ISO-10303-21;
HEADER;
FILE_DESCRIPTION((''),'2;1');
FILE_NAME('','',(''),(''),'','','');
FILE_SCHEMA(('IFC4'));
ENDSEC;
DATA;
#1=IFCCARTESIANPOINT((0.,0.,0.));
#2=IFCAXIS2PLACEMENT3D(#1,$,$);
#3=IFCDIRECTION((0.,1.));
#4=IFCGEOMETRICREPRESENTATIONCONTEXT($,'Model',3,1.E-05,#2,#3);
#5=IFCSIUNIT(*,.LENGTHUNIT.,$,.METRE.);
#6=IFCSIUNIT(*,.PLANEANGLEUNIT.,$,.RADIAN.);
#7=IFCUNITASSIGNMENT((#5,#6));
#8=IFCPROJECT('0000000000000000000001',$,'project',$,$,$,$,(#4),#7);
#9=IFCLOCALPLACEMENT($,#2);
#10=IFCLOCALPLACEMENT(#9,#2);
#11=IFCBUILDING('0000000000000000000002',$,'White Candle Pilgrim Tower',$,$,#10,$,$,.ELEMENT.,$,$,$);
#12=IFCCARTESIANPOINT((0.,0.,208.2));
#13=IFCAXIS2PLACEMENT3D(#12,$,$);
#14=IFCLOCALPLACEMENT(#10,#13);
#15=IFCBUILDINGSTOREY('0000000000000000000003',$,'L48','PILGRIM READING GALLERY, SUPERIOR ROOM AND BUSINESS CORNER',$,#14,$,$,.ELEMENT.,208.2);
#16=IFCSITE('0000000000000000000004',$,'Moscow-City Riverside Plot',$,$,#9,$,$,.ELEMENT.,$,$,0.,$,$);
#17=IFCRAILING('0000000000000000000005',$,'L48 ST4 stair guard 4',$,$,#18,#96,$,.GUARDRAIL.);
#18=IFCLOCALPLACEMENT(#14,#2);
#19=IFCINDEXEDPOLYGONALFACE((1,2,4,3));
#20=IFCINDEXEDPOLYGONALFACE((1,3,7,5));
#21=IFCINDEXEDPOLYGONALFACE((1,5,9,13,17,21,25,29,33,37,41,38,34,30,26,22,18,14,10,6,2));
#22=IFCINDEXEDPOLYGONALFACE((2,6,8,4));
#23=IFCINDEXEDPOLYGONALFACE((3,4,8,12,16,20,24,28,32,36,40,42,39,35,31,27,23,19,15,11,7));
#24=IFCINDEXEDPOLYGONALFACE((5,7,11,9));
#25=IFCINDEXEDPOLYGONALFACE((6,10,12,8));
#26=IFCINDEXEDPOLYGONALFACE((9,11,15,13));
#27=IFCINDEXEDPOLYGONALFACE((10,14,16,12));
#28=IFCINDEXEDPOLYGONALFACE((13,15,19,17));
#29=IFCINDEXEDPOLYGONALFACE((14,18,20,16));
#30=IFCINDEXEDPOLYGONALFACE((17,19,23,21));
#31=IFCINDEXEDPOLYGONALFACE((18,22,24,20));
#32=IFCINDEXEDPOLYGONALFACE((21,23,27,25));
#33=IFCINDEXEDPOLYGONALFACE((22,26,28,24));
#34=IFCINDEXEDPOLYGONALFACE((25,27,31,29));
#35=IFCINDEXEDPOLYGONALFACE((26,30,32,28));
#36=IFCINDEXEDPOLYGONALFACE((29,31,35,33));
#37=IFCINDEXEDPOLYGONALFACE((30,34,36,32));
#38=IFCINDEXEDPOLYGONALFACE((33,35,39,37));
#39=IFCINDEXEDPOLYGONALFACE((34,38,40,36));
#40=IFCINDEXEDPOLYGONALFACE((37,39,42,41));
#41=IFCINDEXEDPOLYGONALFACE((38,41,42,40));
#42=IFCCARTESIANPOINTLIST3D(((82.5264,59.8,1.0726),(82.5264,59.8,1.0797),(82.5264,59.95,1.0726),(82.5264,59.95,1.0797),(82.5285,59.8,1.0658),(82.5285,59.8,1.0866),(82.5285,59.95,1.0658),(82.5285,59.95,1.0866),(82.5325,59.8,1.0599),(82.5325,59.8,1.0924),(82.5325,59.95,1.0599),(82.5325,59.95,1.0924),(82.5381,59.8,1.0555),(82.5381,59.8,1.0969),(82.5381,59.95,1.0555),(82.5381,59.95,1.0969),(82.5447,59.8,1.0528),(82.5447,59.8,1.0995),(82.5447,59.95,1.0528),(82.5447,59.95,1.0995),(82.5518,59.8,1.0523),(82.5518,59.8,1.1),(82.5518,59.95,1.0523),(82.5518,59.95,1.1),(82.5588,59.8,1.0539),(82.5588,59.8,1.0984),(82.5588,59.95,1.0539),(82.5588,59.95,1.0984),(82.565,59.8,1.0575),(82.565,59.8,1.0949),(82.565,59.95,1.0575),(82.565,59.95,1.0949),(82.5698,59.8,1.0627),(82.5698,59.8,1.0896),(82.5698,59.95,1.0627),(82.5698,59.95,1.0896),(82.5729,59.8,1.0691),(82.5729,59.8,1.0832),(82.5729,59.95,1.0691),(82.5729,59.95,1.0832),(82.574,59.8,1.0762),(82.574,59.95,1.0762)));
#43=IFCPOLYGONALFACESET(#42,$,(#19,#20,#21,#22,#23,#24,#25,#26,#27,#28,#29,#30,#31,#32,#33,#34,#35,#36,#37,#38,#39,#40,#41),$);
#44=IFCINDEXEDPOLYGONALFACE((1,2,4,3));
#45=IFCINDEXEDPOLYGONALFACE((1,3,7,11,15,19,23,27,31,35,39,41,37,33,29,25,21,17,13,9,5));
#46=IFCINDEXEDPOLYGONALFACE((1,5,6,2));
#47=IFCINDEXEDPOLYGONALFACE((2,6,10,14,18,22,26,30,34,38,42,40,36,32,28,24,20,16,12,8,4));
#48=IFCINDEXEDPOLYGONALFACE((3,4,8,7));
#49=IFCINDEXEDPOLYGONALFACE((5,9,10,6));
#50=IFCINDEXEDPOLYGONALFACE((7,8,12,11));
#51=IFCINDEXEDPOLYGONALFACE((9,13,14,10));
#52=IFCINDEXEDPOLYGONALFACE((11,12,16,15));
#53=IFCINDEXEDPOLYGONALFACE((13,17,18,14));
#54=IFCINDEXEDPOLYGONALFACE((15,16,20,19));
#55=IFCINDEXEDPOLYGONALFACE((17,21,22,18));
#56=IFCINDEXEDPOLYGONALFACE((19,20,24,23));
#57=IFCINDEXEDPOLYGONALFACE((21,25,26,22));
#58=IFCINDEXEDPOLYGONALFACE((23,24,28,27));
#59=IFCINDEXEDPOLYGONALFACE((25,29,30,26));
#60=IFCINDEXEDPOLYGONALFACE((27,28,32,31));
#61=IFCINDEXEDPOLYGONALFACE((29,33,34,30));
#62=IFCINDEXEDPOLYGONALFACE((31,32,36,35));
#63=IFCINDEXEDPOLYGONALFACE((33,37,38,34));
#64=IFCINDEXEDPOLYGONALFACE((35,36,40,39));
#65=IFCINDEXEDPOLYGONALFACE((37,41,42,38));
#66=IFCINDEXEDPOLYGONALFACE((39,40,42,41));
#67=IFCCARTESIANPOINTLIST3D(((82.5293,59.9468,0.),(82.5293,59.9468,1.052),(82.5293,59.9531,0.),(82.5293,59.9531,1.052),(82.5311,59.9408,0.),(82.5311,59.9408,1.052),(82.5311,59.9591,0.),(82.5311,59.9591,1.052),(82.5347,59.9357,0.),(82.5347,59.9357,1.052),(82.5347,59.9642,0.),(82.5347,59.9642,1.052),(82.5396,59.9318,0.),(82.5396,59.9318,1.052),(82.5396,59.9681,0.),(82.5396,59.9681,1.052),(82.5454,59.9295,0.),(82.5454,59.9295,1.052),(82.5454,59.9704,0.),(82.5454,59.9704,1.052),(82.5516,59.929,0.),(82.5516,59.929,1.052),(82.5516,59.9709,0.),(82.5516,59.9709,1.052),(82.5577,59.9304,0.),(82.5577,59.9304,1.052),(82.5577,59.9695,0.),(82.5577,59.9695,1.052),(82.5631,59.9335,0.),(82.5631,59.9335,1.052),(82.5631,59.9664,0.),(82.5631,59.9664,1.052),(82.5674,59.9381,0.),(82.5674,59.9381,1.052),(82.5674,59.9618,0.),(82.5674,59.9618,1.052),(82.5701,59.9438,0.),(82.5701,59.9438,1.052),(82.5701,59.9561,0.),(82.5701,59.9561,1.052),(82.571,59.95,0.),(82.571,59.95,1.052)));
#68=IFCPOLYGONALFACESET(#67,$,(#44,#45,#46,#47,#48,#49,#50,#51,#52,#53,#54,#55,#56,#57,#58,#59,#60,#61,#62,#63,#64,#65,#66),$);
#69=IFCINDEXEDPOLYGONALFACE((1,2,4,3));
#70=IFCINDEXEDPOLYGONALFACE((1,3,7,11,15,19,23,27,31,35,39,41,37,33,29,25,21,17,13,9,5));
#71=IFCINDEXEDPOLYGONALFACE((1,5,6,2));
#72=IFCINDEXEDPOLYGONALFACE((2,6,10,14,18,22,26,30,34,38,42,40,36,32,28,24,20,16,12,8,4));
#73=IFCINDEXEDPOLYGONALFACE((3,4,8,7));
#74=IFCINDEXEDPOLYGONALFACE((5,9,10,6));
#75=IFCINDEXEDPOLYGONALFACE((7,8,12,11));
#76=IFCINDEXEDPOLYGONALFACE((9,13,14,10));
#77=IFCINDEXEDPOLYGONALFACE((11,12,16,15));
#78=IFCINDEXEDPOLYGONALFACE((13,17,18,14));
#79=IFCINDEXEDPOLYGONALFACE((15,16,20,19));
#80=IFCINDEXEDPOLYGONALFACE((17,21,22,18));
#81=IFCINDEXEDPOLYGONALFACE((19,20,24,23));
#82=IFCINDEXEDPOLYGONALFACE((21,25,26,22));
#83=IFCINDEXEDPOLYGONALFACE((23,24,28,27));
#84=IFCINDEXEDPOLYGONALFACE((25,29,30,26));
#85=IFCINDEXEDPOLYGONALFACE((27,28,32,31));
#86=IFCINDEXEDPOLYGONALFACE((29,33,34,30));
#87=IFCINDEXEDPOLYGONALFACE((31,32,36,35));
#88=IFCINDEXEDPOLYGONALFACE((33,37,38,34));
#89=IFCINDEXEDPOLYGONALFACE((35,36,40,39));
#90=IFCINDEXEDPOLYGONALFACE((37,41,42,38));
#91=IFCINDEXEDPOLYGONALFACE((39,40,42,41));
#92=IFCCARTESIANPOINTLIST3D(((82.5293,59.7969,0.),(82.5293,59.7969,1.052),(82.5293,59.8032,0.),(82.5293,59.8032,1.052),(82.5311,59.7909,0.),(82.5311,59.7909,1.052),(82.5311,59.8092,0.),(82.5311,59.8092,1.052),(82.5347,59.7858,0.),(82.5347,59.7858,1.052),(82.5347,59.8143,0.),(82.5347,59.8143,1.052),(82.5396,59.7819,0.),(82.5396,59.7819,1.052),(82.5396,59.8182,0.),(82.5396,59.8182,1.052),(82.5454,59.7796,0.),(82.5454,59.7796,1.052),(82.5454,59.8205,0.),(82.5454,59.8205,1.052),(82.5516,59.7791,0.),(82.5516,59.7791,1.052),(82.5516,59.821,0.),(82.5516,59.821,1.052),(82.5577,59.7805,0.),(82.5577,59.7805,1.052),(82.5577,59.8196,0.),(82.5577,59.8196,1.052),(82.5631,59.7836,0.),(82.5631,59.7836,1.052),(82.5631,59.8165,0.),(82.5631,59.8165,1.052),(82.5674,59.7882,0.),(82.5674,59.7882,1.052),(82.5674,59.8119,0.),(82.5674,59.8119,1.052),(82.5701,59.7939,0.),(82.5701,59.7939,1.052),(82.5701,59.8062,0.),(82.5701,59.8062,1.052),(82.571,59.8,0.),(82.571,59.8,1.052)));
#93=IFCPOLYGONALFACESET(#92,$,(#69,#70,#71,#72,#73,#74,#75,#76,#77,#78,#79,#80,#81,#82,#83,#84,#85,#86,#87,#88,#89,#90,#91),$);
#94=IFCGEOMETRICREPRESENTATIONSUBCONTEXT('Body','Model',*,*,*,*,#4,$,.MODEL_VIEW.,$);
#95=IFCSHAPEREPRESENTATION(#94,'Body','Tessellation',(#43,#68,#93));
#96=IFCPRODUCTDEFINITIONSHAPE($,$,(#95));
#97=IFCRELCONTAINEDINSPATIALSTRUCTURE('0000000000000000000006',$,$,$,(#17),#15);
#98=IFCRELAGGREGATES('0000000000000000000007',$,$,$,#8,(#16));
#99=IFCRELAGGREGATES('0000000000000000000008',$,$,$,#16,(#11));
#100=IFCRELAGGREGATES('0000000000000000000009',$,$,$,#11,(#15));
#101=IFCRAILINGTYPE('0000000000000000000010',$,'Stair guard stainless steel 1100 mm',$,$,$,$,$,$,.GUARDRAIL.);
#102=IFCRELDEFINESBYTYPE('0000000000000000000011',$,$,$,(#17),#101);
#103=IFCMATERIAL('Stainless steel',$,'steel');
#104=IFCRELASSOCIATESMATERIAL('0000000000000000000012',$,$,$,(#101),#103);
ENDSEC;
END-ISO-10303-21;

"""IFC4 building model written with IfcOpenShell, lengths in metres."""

from ifc_helpers import new_model, si_unit, direction, frame, origin, origin_2d, place, context, subcontext, project, spatial, circle, extrude, material, type_object, element, save


model = new_model("IFC4")

# Units and contexts
model_context = context("Model", 3, precision=1e-05, world=origin(), true_north=direction((0.0, 1.0)))
body_context = subcontext(model_context, "Body", "Model", "MODEL_VIEW")
ifc_project = project(units=[si_unit("LENGTHUNIT", "METRE"), si_unit("PLANEANGLEUNIT", "RADIAN")], contexts=[model_context])

# Site, building, storey
site_placement = place(None, origin())
site = spatial("IfcSite", under=ifc_project, at=site_placement, Name="Moscow-City Riverside Plot", CompositionType="ELEMENT", RefElevation=0.0)
building_placement = place(site_placement, origin())
building = spatial("IfcBuilding", under=site, at=building_placement, Name="White Candle Pilgrim Tower", CompositionType="ELEMENT")
storey_placement = place(building_placement, frame((0.0, 0.0, 208.2)))
storey = spatial("IfcBuildingStorey", under=building, at=storey_placement, Name="L48", Description="PILGRIM READING GALLERY, SUPERIOR ROOM AND BUSINESS CORNER", CompositionType="ELEMENT", Elevation=208.2)

# Railing
ifc_material_1 = material(Name="Stainless steel", Category="steel")
railing_type_1 = type_object("IfcRailingType", Name="Stair guard stainless steel 1100 mm", PredefinedType="GUARDRAIL", material=ifc_material_1)
railing_1_placement = place(storey_placement, frame((82.55, 59.95, 0.0)))
element("IfcRailing", 1, at=railing_1_placement, inside=storey, type_object=railing_type_1, Name="L48 ST4 stair guard 4", PredefinedType="GUARDRAIL", context=body_context, shape_type="SweptSolid", body=[
    extrude(circle(Radius=0.0239, at=origin_2d()), frame((0.0, 0.0, 1.0762), z_axis=(0.0, -1.0, 0.0), x_axis=(1.0, 0.0, 0.0)), (0.0, 0.0, 1.0), 0.1499),
    extrude(circle(Radius=0.021, at=origin_2d()), origin(), (0.0, 0.0, 1.0), 1.052),
    extrude(circle(Radius=0.021, at=origin_2d()), frame((0.0, -0.1499, 0.0)), (0.0, 0.0, 1.0), 1.052),
])

save(model, "model.ifc")
